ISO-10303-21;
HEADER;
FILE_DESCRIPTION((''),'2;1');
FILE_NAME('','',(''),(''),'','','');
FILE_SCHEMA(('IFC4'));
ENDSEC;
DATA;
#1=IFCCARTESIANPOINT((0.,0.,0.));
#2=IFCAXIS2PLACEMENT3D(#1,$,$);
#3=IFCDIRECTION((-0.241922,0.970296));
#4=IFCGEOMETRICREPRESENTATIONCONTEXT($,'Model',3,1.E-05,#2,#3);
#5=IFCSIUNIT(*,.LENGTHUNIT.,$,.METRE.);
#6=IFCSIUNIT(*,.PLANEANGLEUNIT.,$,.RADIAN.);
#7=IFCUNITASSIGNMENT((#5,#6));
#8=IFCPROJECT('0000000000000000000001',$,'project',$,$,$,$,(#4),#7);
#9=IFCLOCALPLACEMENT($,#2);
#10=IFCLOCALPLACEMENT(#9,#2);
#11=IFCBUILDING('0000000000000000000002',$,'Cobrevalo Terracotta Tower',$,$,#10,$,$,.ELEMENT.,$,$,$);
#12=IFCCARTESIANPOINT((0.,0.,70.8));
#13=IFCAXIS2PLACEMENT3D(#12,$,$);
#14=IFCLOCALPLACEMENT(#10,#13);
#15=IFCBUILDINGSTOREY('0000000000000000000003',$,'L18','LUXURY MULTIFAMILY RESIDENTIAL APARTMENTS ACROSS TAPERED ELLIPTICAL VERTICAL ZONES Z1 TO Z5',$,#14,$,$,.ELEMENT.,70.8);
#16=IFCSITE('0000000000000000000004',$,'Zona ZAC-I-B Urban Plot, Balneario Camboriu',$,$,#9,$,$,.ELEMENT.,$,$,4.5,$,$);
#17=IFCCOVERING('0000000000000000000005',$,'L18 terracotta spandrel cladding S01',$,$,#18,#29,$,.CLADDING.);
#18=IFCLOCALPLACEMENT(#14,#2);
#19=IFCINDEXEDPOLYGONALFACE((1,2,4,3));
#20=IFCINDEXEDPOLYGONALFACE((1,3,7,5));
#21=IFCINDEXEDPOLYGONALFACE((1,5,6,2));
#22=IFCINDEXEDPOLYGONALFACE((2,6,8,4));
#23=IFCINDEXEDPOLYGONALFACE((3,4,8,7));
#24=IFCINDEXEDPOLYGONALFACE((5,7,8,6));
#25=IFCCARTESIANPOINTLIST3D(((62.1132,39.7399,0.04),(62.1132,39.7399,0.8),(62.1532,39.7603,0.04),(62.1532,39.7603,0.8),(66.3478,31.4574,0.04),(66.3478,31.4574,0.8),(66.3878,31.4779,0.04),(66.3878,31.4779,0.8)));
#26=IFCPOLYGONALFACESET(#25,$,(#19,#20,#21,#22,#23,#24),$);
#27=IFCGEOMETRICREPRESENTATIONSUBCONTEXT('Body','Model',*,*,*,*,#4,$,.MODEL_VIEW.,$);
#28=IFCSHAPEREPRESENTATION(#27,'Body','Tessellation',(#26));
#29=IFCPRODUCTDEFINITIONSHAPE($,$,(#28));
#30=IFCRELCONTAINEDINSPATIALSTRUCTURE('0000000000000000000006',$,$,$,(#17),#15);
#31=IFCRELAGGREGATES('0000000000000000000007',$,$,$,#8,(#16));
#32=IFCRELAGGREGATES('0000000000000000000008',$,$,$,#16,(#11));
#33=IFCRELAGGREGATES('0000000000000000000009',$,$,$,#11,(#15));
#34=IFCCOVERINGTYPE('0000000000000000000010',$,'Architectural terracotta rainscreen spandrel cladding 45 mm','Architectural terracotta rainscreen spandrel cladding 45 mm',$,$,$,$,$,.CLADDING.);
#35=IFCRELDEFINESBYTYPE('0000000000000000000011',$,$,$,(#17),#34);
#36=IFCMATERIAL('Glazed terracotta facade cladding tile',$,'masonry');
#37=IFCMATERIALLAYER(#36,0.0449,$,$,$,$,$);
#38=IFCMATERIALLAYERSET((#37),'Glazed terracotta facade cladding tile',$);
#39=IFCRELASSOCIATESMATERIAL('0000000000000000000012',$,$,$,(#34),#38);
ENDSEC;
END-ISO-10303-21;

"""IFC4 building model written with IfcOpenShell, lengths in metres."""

from ifc_helpers import new_model, si_unit, direction, frame, origin, origin_2d, place, context, subcontext, project, spatial, rectangle, extrude, source, transform, mapped, material, layer, layer_set, type_object, element, save


model = new_model("IFC4")

# Units and contexts
model_context = context("Model", 3, precision=1e-05, world=origin(), true_north=direction((-0.241922, 0.970296)))
body_context = subcontext(model_context, "Body", "Model", "MODEL_VIEW")
ifc_project = project(units=[si_unit("LENGTHUNIT", "METRE"), si_unit("PLANEANGLEUNIT", "RADIAN")], contexts=[model_context])

# Site, building, storey
site_placement = place(None, origin())
site = spatial("IfcSite", under=ifc_project, at=site_placement, Name="Zona ZAC-I-B Urban Plot, Balneario Camboriu", CompositionType="ELEMENT", RefElevation=4.5)
building_placement = place(site_placement, origin())
building = spatial("IfcBuilding", under=site, at=building_placement, Name="Cobrevalo Terracotta Tower", CompositionType="ELEMENT")
storey_placement = place(building_placement, frame((0.0, 0.0, 70.8)))
storey = spatial("IfcBuildingStorey", under=building, at=storey_placement, Name="L18", Description="LUXURY MULTIFAMILY RESIDENTIAL APARTMENTS ACROSS TAPERED ELLIPTICAL VERTICAL ZONES Z1 TO Z5", CompositionType="ELEMENT", Elevation=70.8)

# Covering
ifc_material_1 = material(Name="Glazed terracotta facade cladding tile", Category="masonry")
ifc_layer_1 = layer(ifc_material_1, 0.0449)
ifc_layer_set_1 = layer_set([ifc_layer_1], Name="Glazed terracotta facade cladding tile")
covering_type = type_object("IfcCoveringType", Name="Architectural terracotta rainscreen spandrel cladding 45 mm", Description="Architectural terracotta rainscreen spandrel cladding 45 mm", PredefinedType="CLADDING", material=ifc_layer_set_1)
shared_shape_1 = source(origin(), body_context, "Body", "SweptSolid", [
    extrude(rectangle(XDim=9.3022, YDim=0.0449, at=origin_2d()), origin(), (0.0, 0.0, 1.0), 0.76),
])
covering_placement = place(storey_placement, frame((64.2505, 35.6089, 0.04), z_axis=(0.0, 0.0, 1.0), x_axis=(-0.455231, 0.890373, 0.0)))
element("IfcCovering", 1, at=covering_placement, inside=storey, type_object=covering_type, Name="L18 terracotta spandrel cladding S01", PredefinedType="CLADDING", context=body_context, shape_type="MappedRepresentation", body=[
    mapped(shared_shape_1, transform((0.0, 0.0, 0.0), scale=1.0)),
])

save(model, "model.ifc")
